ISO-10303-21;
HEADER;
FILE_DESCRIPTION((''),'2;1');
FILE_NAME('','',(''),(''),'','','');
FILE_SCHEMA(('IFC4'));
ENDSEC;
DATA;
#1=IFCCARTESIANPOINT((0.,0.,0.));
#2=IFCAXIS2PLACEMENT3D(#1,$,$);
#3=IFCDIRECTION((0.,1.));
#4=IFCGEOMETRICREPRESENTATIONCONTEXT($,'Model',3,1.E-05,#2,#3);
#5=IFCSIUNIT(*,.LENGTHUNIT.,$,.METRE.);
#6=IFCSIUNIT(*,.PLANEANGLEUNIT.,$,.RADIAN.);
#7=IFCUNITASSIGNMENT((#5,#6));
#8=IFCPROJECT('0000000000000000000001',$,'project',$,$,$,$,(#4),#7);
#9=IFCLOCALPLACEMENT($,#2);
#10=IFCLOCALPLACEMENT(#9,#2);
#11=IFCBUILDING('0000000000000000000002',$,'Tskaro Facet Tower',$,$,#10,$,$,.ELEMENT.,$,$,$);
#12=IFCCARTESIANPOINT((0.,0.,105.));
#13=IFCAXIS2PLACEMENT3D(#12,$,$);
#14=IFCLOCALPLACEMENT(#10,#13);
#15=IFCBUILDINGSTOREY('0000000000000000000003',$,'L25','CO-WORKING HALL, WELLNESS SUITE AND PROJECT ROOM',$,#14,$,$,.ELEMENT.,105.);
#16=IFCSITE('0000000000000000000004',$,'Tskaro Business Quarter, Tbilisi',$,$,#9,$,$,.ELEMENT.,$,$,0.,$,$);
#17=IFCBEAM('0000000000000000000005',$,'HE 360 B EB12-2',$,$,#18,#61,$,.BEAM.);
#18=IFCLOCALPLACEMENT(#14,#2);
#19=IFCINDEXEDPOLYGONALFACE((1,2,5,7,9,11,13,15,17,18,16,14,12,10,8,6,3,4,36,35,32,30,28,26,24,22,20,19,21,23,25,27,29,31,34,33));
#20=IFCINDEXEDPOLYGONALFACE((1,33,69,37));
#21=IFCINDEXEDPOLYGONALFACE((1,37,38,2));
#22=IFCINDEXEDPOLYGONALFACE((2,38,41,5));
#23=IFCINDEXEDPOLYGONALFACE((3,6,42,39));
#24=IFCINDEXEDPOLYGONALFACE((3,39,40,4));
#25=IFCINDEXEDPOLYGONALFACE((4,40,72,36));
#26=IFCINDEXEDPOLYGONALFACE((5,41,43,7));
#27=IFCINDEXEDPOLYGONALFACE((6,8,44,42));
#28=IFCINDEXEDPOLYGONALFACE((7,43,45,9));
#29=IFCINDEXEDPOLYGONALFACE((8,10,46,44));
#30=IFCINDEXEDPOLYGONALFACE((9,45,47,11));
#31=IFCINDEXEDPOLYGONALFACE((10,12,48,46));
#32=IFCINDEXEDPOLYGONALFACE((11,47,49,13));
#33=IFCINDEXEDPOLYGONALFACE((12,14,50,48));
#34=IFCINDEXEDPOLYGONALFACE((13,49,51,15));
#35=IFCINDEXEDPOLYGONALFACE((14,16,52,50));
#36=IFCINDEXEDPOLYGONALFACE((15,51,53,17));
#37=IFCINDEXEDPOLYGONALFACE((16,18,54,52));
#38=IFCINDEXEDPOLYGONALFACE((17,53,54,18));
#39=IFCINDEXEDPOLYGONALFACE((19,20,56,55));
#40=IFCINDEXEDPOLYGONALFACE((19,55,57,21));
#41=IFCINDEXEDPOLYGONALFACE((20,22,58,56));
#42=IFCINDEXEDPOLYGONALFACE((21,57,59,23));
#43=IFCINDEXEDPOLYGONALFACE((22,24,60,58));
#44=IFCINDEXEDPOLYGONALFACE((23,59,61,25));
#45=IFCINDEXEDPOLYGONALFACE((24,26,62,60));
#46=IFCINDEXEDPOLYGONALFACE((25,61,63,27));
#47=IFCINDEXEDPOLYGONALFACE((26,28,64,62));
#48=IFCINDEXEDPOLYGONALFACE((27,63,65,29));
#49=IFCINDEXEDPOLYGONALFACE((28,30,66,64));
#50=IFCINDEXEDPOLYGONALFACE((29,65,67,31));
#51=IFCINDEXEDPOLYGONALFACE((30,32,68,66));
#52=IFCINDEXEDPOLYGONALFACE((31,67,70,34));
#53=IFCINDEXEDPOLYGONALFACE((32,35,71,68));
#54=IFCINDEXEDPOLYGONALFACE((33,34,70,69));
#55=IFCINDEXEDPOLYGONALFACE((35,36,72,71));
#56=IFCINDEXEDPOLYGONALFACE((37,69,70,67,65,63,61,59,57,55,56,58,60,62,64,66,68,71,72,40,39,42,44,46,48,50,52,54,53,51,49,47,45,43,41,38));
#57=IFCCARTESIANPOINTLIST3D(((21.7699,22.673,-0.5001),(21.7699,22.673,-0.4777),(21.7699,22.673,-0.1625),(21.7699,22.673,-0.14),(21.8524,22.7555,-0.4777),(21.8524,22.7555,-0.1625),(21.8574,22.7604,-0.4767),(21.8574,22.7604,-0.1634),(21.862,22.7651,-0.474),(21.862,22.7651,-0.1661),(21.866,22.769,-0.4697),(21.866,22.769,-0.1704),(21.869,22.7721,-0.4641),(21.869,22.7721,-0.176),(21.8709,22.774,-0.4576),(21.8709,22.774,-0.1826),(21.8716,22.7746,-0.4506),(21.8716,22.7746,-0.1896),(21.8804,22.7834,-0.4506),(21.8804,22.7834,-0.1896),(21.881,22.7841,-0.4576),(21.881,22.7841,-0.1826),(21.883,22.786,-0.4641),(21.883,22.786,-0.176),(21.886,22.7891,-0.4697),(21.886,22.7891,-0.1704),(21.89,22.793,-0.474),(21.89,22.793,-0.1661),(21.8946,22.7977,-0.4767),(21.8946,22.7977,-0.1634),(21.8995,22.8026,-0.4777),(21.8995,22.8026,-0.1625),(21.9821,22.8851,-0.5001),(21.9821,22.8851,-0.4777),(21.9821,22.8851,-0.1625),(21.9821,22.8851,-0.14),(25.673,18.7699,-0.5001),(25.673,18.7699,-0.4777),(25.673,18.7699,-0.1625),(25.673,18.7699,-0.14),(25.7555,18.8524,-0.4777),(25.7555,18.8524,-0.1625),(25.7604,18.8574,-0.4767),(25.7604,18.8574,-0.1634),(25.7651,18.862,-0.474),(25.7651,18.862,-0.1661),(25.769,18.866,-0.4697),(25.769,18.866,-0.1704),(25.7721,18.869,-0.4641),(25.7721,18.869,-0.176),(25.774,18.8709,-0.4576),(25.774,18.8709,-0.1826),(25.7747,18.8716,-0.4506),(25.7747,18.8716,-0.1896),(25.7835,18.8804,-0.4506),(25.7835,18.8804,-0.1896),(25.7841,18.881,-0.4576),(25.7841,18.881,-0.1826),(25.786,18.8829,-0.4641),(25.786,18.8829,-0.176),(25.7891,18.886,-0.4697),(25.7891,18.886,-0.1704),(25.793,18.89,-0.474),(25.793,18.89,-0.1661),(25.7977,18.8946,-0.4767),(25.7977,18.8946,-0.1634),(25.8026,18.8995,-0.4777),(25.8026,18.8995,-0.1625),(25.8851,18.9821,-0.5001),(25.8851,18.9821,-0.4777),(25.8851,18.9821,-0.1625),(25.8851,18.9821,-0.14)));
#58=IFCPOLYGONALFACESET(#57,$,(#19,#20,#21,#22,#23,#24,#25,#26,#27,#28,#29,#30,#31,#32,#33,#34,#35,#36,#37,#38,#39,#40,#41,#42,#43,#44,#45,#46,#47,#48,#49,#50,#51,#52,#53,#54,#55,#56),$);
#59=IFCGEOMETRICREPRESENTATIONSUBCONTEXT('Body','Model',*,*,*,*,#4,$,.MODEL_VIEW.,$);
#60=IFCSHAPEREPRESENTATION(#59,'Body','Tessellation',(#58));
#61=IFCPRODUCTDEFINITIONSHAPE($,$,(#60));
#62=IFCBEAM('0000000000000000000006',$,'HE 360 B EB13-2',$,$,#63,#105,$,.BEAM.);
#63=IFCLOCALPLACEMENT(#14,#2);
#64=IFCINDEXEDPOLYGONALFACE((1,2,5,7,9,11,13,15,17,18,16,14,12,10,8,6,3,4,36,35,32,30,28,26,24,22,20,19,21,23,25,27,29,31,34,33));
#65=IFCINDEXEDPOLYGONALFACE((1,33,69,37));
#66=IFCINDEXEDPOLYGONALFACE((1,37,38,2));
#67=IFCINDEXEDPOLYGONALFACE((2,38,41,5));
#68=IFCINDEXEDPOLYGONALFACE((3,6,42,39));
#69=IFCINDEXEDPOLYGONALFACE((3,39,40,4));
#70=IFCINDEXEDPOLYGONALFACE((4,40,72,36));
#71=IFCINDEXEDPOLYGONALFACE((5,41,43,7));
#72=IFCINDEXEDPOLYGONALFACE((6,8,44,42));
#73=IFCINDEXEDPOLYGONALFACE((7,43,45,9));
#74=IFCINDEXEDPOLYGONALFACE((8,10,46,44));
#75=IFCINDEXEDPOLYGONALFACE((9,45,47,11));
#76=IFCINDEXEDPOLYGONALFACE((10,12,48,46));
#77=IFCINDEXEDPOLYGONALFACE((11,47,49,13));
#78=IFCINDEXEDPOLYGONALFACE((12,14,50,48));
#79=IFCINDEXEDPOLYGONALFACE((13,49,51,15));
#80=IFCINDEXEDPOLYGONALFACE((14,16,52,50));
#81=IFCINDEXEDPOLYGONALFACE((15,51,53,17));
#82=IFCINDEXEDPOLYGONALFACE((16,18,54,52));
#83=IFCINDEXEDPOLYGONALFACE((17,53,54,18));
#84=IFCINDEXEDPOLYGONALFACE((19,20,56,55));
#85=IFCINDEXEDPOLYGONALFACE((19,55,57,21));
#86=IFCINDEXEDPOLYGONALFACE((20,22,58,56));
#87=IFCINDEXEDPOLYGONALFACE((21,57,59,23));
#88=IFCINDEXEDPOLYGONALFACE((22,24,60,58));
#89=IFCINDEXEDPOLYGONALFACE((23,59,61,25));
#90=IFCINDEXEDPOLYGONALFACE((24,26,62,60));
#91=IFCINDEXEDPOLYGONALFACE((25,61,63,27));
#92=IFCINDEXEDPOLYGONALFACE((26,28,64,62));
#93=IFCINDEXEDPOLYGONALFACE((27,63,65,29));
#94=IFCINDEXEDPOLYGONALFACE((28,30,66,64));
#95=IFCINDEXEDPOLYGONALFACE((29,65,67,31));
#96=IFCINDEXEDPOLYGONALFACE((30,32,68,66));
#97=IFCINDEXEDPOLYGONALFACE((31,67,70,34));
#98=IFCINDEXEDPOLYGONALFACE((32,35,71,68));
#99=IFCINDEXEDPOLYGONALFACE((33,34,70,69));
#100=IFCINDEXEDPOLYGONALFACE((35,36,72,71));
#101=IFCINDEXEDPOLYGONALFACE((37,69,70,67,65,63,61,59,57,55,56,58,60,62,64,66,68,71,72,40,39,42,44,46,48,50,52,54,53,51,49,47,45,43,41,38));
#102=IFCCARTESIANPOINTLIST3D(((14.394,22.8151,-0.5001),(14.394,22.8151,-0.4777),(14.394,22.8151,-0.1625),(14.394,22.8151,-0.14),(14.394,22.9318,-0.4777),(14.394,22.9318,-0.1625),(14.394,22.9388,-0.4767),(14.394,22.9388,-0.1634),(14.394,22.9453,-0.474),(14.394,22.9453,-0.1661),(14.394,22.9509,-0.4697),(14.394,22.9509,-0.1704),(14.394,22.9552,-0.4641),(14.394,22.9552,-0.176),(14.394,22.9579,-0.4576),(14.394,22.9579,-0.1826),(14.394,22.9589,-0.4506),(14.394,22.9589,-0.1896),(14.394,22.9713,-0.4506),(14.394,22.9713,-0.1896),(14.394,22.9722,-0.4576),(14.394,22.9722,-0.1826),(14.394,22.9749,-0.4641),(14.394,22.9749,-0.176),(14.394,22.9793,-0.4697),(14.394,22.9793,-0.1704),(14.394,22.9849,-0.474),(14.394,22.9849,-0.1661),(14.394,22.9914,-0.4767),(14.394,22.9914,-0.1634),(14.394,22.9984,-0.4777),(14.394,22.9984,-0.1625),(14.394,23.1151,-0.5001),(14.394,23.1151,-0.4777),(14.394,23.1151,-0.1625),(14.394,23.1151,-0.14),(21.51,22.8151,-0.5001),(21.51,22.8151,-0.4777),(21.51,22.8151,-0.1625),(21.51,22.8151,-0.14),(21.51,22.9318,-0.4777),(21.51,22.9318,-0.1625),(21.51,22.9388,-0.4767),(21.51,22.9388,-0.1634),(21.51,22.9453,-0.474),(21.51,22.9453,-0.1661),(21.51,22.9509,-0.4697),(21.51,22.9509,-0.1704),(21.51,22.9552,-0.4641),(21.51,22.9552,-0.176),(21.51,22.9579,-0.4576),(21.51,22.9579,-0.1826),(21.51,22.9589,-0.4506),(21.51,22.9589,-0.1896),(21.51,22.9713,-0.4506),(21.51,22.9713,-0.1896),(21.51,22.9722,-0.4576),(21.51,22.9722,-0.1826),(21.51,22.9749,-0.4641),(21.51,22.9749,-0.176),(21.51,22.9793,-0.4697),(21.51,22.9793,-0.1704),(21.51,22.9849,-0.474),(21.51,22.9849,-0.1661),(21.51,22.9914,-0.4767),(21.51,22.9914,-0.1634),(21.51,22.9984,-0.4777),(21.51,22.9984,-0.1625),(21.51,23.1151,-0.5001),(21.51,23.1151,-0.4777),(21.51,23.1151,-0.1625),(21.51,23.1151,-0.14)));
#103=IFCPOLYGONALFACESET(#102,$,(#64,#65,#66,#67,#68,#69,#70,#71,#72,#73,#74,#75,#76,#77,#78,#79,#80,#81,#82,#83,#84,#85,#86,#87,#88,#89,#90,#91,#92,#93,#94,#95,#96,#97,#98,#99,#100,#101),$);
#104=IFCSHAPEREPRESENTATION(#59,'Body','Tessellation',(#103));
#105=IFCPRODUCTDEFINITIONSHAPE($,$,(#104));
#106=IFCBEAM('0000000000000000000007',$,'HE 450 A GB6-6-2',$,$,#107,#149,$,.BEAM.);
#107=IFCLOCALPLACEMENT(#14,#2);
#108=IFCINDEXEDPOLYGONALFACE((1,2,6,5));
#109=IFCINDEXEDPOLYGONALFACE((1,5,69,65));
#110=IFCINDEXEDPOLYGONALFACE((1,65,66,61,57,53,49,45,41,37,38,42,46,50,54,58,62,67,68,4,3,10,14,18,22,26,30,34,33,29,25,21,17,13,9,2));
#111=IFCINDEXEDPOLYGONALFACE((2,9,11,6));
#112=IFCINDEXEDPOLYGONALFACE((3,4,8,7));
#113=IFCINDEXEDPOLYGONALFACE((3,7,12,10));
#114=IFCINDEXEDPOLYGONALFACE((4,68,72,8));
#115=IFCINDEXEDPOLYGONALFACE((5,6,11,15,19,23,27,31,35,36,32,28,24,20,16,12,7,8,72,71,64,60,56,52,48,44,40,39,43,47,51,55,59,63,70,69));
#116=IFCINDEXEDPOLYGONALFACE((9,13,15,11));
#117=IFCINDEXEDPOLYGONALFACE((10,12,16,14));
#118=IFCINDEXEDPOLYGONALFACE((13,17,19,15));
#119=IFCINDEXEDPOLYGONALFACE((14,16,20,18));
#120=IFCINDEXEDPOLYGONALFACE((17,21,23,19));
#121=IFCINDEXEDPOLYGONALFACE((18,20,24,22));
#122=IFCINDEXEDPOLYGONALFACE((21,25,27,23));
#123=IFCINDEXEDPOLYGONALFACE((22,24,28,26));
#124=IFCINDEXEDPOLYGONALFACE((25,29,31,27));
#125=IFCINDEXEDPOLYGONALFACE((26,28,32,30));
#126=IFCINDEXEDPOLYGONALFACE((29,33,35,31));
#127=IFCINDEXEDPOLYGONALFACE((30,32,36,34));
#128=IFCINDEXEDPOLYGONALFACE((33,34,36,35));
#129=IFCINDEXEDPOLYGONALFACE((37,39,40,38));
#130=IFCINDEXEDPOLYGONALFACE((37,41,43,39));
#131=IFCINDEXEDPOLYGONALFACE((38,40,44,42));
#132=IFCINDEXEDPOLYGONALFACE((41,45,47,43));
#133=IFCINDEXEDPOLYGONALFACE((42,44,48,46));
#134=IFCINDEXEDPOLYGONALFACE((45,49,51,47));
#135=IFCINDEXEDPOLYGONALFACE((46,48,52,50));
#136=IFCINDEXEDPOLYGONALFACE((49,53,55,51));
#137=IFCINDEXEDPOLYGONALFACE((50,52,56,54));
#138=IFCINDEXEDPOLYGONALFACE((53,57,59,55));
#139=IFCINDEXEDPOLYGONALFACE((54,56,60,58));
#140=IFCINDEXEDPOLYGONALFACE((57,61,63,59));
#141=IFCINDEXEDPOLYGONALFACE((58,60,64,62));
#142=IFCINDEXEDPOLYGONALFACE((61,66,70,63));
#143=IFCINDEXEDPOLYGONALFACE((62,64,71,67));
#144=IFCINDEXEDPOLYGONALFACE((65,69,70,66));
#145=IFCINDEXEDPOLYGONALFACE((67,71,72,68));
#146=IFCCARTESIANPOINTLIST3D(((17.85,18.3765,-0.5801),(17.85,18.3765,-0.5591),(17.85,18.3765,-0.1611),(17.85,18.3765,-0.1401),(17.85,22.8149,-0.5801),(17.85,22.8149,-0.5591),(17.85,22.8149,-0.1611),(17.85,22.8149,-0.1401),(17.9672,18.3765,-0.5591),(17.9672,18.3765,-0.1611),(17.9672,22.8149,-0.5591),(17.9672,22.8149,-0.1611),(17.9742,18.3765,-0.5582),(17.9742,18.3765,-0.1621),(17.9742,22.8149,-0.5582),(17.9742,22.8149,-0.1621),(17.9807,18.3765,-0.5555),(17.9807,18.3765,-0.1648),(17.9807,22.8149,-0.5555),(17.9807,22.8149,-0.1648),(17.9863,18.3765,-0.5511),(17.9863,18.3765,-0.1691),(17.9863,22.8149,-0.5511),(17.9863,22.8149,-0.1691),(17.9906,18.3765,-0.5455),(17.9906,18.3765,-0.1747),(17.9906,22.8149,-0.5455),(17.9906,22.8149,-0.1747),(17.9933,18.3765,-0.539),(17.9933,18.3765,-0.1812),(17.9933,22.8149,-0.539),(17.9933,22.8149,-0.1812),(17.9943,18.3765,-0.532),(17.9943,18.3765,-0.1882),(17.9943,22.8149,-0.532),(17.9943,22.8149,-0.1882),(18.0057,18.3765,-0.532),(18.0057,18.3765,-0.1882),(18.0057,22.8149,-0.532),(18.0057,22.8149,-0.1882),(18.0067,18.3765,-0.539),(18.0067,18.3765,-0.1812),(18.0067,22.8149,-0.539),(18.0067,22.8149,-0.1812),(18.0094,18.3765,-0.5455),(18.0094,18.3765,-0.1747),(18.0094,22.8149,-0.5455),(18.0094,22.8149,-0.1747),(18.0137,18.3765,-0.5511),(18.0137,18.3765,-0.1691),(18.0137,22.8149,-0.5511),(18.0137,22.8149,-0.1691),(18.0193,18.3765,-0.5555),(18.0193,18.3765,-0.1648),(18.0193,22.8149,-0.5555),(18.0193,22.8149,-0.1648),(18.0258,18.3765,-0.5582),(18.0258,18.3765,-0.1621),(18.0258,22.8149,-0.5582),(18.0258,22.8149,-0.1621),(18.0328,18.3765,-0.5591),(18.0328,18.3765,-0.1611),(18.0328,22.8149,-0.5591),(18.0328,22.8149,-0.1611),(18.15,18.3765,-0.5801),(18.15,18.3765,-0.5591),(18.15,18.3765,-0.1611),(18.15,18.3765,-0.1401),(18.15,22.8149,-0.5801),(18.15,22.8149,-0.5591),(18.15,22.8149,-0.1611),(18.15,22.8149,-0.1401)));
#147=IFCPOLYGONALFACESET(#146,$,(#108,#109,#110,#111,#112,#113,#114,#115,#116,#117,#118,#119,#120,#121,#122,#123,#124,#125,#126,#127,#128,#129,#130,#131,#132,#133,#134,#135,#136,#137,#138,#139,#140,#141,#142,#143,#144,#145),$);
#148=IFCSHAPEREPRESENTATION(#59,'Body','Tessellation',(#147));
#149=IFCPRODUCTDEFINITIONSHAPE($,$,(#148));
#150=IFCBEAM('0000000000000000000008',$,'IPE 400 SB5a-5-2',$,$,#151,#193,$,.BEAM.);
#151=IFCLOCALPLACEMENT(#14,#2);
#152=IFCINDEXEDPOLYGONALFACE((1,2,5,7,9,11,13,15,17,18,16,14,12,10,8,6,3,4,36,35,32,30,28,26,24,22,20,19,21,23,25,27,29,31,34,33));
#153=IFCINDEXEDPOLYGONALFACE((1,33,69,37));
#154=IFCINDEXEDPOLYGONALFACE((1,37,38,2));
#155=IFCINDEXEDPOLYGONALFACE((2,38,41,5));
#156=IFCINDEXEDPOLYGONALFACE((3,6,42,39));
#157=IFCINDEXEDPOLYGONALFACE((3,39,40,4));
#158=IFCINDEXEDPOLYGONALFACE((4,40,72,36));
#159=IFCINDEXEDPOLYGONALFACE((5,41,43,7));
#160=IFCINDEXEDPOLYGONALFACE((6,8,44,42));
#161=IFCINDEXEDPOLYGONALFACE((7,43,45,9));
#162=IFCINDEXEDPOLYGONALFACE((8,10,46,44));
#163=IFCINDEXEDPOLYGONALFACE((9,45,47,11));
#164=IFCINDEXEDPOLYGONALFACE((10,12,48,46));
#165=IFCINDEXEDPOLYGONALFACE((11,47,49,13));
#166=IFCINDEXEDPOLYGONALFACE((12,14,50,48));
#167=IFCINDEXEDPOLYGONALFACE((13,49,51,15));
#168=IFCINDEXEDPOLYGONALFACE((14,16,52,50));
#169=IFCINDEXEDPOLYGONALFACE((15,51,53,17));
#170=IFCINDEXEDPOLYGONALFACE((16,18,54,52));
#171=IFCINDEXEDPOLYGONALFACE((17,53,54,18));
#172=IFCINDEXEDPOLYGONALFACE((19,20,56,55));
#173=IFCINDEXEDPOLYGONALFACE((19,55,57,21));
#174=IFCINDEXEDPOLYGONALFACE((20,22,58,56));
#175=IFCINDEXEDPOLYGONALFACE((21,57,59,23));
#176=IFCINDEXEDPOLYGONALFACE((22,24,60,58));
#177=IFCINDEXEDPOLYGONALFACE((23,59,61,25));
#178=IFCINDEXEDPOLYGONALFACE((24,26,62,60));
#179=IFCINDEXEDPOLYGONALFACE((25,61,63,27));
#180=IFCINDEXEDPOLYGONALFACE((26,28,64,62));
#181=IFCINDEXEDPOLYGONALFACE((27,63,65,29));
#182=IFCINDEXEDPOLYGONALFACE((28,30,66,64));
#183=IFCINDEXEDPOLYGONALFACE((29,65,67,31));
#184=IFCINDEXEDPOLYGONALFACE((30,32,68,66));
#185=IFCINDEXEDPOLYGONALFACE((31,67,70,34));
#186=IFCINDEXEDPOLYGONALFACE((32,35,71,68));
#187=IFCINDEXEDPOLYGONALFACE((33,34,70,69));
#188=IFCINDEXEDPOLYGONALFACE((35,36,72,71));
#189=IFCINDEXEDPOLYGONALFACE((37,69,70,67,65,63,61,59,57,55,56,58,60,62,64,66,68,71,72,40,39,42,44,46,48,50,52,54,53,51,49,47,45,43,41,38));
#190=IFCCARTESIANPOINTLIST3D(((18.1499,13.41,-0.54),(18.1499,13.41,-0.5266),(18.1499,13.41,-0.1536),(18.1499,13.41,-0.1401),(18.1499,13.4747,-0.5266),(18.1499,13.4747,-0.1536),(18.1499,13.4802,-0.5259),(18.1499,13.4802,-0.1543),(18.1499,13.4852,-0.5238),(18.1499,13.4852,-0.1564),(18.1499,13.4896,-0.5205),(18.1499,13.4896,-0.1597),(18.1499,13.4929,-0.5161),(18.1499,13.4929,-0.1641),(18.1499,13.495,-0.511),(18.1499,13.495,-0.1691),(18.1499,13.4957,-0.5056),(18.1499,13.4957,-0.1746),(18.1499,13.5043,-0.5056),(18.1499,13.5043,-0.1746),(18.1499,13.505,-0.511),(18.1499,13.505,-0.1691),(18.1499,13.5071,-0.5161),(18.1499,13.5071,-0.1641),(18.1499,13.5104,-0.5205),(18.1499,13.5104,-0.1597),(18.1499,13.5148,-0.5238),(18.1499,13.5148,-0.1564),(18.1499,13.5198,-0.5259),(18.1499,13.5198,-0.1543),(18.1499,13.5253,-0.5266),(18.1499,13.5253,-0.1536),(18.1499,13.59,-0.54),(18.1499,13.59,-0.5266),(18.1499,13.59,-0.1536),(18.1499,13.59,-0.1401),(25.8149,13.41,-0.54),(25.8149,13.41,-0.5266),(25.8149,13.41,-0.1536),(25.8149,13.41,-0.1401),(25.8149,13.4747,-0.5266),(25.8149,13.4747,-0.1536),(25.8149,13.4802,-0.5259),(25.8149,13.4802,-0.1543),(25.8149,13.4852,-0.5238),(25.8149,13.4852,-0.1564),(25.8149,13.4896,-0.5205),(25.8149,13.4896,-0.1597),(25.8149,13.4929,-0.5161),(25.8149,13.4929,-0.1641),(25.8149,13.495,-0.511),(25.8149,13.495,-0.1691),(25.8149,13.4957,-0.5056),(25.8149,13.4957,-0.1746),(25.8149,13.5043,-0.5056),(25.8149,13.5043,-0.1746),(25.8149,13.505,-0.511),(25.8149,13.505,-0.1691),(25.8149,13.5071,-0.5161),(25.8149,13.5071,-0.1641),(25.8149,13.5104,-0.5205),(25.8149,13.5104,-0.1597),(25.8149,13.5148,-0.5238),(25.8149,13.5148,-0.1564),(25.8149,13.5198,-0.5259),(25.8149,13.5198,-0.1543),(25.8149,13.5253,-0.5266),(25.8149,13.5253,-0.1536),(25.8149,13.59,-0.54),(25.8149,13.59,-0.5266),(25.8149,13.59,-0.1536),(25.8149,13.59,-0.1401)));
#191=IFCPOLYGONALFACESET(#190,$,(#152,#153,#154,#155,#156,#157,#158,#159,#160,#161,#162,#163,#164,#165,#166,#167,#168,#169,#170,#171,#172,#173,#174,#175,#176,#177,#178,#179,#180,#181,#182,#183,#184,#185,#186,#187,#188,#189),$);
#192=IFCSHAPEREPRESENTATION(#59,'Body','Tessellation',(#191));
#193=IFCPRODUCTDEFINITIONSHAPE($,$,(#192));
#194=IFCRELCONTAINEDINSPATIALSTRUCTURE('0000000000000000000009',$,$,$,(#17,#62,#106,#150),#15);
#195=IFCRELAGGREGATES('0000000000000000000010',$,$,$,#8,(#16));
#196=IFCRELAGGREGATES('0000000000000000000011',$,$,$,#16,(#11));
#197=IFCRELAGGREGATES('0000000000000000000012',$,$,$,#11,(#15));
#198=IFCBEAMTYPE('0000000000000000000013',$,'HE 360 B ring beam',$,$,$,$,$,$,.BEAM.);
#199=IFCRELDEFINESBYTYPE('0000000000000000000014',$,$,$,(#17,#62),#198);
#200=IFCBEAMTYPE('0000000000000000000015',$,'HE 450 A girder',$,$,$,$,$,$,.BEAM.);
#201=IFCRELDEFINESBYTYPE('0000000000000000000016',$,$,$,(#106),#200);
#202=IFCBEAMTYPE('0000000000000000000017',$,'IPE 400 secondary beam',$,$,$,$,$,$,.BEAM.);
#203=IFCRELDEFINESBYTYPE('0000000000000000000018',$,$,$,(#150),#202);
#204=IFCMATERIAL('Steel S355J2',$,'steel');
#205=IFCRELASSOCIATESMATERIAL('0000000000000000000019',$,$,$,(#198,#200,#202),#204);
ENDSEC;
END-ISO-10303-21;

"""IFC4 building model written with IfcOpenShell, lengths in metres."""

from ifc_helpers import new_model, si_unit, direction, frame, origin, origin_2d, place, context, subcontext, project, spatial, i_section, extrude, material, material_profile, profile_set, type_object, element, save


model = new_model("IFC4")

# Units and contexts
model_context = context("Model", 3, precision=1e-05, world=origin(), true_north=direction((0.0, 1.0)))
body_context = subcontext(model_context, "Body", "Model", "MODEL_VIEW")
ifc_project = project(units=[si_unit("LENGTHUNIT", "METRE"), si_unit("PLANEANGLEUNIT", "RADIAN")], contexts=[model_context])

# Site, building, storey
site_placement = place(None, origin())
site = spatial("IfcSite", under=ifc_project, at=site_placement, Name="Tskaro Business Quarter, Tbilisi", CompositionType="ELEMENT", RefElevation=0.0)
building_placement = place(site_placement, origin())
building = spatial("IfcBuilding", under=site, at=building_placement, Name="Tskaro Facet Tower", CompositionType="ELEMENT")
storey_placement = place(building_placement, frame((0.0, 0.0, 105.0)))
storey = spatial("IfcBuildingStorey", under=building, at=storey_placement, Name="L25", Description="CO-WORKING HALL, WELLNESS SUITE AND PROJECT ROOM", CompositionType="ELEMENT", Elevation=105.0)

# Beams
ifc_material_1 = material(Name="Steel S355J2", Category="steel")
ifc_material_profile_1 = material_profile(ifc_material_1, i_section(OverallWidth=0.3, OverallDepth=0.3601, WebThickness=0.0125, FlangeThickness=0.0225, FilletRadius=0.0271, at=origin_2d()), Name="HE 360 B")
ifc_profile_set_1 = profile_set([ifc_material_profile_1], Name="Steel S355J2")
beam_type_1 = type_object("IfcBeamType", Name="HE 360 B ring beam", PredefinedType="BEAM", material=ifc_profile_set_1)
beam_1_placement = place(storey_placement, frame((25.7791, 18.876, -0.3201), z_axis=(-0.707107, 0.707107, 0.0), x_axis=(-0.707107, -0.707107, 0.0)))
element("IfcBeam", 1, at=beam_1_placement, inside=storey, type_object=beam_type_1, Name="HE 360 B EB12-2", PredefinedType="BEAM", context=body_context, shape_type="SweptSolid", body=[
    extrude(i_section(OverallWidth=0.3, OverallDepth=0.3601, WebThickness=0.0125, FlangeThickness=0.0225, FilletRadius=0.0271, at=origin_2d()), origin(), (0.0, 0.0, 1.0), 5.5198),
])
beam_2_placement = place(storey_placement, frame((21.51, 22.9651, -0.3201), z_axis=(-1.0, 0.0, 0.0), x_axis=(0.0, -1.0, 0.0)))
element("IfcBeam", 2, at=beam_2_placement, inside=storey, type_object=beam_type_1, Name="HE 360 B EB13-2", PredefinedType="BEAM", context=body_context, shape_type="SweptSolid", body=[
    extrude(i_section(OverallWidth=0.3, OverallDepth=0.3601, WebThickness=0.0125, FlangeThickness=0.0225, FilletRadius=0.0271, at=origin_2d()), origin(), (0.0, 0.0, 1.0), 7.116),
])
ifc_material_profile_2 = material_profile(ifc_material_1, i_section(OverallWidth=0.3, OverallDepth=0.4399, WebThickness=0.0115, FlangeThickness=0.021, FilletRadius=0.0271, at=origin_2d()), Name="HE 450 A")
ifc_profile_set_2 = profile_set([ifc_material_profile_2], Name="Steel S355J2")
beam_type_2 = type_object("IfcBeamType", Name="HE 450 A girder", PredefinedType="BEAM", material=ifc_profile_set_2)
beam_3_placement = place(storey_placement, frame((18.0, 18.3765, -0.3601), z_axis=(0.0, 1.0, 0.0), x_axis=(-1.0, 0.0, 0.0)))
element("IfcBeam", 3, at=beam_3_placement, inside=storey, type_object=beam_type_2, Name="HE 450 A GB6-6-2", PredefinedType="BEAM", context=body_context, shape_type="SweptSolid", body=[
    extrude(i_section(OverallWidth=0.3, OverallDepth=0.4399, WebThickness=0.0115, FlangeThickness=0.021, FilletRadius=0.0271, at=origin_2d()), origin(), (0.0, 0.0, 1.0), 4.4385),
])
ifc_material_profile_3 = material_profile(ifc_material_1, i_section(OverallWidth=0.1799, OverallDepth=0.3999, WebThickness=0.0085, FlangeThickness=0.0134, FilletRadius=0.021, at=origin_2d()), Name="IPE 400")
ifc_profile_set_3 = profile_set([ifc_material_profile_3], Name="Steel S355J2")
beam_type_3 = type_object("IfcBeamType", Name="IPE 400 secondary beam", PredefinedType="BEAM", material=ifc_profile_set_3)
beam_4_placement = place(storey_placement, frame((18.1499, 13.5, -0.3401), z_axis=(1.0, 0.0, 0.0), x_axis=(0.0, 1.0, 0.0)))
element("IfcBeam", 4, at=beam_4_placement, inside=storey, type_object=beam_type_3, Name="IPE 400 SB5a-5-2", PredefinedType="BEAM", context=body_context, shape_type="SweptSolid", body=[
    extrude(i_section(OverallWidth=0.1799, OverallDepth=0.3999, WebThickness=0.0085, FlangeThickness=0.0134, FilletRadius=0.021, at=origin_2d()), origin(), (0.0, 0.0, 1.0), 7.665),
])

save(model, "model.ifc")
